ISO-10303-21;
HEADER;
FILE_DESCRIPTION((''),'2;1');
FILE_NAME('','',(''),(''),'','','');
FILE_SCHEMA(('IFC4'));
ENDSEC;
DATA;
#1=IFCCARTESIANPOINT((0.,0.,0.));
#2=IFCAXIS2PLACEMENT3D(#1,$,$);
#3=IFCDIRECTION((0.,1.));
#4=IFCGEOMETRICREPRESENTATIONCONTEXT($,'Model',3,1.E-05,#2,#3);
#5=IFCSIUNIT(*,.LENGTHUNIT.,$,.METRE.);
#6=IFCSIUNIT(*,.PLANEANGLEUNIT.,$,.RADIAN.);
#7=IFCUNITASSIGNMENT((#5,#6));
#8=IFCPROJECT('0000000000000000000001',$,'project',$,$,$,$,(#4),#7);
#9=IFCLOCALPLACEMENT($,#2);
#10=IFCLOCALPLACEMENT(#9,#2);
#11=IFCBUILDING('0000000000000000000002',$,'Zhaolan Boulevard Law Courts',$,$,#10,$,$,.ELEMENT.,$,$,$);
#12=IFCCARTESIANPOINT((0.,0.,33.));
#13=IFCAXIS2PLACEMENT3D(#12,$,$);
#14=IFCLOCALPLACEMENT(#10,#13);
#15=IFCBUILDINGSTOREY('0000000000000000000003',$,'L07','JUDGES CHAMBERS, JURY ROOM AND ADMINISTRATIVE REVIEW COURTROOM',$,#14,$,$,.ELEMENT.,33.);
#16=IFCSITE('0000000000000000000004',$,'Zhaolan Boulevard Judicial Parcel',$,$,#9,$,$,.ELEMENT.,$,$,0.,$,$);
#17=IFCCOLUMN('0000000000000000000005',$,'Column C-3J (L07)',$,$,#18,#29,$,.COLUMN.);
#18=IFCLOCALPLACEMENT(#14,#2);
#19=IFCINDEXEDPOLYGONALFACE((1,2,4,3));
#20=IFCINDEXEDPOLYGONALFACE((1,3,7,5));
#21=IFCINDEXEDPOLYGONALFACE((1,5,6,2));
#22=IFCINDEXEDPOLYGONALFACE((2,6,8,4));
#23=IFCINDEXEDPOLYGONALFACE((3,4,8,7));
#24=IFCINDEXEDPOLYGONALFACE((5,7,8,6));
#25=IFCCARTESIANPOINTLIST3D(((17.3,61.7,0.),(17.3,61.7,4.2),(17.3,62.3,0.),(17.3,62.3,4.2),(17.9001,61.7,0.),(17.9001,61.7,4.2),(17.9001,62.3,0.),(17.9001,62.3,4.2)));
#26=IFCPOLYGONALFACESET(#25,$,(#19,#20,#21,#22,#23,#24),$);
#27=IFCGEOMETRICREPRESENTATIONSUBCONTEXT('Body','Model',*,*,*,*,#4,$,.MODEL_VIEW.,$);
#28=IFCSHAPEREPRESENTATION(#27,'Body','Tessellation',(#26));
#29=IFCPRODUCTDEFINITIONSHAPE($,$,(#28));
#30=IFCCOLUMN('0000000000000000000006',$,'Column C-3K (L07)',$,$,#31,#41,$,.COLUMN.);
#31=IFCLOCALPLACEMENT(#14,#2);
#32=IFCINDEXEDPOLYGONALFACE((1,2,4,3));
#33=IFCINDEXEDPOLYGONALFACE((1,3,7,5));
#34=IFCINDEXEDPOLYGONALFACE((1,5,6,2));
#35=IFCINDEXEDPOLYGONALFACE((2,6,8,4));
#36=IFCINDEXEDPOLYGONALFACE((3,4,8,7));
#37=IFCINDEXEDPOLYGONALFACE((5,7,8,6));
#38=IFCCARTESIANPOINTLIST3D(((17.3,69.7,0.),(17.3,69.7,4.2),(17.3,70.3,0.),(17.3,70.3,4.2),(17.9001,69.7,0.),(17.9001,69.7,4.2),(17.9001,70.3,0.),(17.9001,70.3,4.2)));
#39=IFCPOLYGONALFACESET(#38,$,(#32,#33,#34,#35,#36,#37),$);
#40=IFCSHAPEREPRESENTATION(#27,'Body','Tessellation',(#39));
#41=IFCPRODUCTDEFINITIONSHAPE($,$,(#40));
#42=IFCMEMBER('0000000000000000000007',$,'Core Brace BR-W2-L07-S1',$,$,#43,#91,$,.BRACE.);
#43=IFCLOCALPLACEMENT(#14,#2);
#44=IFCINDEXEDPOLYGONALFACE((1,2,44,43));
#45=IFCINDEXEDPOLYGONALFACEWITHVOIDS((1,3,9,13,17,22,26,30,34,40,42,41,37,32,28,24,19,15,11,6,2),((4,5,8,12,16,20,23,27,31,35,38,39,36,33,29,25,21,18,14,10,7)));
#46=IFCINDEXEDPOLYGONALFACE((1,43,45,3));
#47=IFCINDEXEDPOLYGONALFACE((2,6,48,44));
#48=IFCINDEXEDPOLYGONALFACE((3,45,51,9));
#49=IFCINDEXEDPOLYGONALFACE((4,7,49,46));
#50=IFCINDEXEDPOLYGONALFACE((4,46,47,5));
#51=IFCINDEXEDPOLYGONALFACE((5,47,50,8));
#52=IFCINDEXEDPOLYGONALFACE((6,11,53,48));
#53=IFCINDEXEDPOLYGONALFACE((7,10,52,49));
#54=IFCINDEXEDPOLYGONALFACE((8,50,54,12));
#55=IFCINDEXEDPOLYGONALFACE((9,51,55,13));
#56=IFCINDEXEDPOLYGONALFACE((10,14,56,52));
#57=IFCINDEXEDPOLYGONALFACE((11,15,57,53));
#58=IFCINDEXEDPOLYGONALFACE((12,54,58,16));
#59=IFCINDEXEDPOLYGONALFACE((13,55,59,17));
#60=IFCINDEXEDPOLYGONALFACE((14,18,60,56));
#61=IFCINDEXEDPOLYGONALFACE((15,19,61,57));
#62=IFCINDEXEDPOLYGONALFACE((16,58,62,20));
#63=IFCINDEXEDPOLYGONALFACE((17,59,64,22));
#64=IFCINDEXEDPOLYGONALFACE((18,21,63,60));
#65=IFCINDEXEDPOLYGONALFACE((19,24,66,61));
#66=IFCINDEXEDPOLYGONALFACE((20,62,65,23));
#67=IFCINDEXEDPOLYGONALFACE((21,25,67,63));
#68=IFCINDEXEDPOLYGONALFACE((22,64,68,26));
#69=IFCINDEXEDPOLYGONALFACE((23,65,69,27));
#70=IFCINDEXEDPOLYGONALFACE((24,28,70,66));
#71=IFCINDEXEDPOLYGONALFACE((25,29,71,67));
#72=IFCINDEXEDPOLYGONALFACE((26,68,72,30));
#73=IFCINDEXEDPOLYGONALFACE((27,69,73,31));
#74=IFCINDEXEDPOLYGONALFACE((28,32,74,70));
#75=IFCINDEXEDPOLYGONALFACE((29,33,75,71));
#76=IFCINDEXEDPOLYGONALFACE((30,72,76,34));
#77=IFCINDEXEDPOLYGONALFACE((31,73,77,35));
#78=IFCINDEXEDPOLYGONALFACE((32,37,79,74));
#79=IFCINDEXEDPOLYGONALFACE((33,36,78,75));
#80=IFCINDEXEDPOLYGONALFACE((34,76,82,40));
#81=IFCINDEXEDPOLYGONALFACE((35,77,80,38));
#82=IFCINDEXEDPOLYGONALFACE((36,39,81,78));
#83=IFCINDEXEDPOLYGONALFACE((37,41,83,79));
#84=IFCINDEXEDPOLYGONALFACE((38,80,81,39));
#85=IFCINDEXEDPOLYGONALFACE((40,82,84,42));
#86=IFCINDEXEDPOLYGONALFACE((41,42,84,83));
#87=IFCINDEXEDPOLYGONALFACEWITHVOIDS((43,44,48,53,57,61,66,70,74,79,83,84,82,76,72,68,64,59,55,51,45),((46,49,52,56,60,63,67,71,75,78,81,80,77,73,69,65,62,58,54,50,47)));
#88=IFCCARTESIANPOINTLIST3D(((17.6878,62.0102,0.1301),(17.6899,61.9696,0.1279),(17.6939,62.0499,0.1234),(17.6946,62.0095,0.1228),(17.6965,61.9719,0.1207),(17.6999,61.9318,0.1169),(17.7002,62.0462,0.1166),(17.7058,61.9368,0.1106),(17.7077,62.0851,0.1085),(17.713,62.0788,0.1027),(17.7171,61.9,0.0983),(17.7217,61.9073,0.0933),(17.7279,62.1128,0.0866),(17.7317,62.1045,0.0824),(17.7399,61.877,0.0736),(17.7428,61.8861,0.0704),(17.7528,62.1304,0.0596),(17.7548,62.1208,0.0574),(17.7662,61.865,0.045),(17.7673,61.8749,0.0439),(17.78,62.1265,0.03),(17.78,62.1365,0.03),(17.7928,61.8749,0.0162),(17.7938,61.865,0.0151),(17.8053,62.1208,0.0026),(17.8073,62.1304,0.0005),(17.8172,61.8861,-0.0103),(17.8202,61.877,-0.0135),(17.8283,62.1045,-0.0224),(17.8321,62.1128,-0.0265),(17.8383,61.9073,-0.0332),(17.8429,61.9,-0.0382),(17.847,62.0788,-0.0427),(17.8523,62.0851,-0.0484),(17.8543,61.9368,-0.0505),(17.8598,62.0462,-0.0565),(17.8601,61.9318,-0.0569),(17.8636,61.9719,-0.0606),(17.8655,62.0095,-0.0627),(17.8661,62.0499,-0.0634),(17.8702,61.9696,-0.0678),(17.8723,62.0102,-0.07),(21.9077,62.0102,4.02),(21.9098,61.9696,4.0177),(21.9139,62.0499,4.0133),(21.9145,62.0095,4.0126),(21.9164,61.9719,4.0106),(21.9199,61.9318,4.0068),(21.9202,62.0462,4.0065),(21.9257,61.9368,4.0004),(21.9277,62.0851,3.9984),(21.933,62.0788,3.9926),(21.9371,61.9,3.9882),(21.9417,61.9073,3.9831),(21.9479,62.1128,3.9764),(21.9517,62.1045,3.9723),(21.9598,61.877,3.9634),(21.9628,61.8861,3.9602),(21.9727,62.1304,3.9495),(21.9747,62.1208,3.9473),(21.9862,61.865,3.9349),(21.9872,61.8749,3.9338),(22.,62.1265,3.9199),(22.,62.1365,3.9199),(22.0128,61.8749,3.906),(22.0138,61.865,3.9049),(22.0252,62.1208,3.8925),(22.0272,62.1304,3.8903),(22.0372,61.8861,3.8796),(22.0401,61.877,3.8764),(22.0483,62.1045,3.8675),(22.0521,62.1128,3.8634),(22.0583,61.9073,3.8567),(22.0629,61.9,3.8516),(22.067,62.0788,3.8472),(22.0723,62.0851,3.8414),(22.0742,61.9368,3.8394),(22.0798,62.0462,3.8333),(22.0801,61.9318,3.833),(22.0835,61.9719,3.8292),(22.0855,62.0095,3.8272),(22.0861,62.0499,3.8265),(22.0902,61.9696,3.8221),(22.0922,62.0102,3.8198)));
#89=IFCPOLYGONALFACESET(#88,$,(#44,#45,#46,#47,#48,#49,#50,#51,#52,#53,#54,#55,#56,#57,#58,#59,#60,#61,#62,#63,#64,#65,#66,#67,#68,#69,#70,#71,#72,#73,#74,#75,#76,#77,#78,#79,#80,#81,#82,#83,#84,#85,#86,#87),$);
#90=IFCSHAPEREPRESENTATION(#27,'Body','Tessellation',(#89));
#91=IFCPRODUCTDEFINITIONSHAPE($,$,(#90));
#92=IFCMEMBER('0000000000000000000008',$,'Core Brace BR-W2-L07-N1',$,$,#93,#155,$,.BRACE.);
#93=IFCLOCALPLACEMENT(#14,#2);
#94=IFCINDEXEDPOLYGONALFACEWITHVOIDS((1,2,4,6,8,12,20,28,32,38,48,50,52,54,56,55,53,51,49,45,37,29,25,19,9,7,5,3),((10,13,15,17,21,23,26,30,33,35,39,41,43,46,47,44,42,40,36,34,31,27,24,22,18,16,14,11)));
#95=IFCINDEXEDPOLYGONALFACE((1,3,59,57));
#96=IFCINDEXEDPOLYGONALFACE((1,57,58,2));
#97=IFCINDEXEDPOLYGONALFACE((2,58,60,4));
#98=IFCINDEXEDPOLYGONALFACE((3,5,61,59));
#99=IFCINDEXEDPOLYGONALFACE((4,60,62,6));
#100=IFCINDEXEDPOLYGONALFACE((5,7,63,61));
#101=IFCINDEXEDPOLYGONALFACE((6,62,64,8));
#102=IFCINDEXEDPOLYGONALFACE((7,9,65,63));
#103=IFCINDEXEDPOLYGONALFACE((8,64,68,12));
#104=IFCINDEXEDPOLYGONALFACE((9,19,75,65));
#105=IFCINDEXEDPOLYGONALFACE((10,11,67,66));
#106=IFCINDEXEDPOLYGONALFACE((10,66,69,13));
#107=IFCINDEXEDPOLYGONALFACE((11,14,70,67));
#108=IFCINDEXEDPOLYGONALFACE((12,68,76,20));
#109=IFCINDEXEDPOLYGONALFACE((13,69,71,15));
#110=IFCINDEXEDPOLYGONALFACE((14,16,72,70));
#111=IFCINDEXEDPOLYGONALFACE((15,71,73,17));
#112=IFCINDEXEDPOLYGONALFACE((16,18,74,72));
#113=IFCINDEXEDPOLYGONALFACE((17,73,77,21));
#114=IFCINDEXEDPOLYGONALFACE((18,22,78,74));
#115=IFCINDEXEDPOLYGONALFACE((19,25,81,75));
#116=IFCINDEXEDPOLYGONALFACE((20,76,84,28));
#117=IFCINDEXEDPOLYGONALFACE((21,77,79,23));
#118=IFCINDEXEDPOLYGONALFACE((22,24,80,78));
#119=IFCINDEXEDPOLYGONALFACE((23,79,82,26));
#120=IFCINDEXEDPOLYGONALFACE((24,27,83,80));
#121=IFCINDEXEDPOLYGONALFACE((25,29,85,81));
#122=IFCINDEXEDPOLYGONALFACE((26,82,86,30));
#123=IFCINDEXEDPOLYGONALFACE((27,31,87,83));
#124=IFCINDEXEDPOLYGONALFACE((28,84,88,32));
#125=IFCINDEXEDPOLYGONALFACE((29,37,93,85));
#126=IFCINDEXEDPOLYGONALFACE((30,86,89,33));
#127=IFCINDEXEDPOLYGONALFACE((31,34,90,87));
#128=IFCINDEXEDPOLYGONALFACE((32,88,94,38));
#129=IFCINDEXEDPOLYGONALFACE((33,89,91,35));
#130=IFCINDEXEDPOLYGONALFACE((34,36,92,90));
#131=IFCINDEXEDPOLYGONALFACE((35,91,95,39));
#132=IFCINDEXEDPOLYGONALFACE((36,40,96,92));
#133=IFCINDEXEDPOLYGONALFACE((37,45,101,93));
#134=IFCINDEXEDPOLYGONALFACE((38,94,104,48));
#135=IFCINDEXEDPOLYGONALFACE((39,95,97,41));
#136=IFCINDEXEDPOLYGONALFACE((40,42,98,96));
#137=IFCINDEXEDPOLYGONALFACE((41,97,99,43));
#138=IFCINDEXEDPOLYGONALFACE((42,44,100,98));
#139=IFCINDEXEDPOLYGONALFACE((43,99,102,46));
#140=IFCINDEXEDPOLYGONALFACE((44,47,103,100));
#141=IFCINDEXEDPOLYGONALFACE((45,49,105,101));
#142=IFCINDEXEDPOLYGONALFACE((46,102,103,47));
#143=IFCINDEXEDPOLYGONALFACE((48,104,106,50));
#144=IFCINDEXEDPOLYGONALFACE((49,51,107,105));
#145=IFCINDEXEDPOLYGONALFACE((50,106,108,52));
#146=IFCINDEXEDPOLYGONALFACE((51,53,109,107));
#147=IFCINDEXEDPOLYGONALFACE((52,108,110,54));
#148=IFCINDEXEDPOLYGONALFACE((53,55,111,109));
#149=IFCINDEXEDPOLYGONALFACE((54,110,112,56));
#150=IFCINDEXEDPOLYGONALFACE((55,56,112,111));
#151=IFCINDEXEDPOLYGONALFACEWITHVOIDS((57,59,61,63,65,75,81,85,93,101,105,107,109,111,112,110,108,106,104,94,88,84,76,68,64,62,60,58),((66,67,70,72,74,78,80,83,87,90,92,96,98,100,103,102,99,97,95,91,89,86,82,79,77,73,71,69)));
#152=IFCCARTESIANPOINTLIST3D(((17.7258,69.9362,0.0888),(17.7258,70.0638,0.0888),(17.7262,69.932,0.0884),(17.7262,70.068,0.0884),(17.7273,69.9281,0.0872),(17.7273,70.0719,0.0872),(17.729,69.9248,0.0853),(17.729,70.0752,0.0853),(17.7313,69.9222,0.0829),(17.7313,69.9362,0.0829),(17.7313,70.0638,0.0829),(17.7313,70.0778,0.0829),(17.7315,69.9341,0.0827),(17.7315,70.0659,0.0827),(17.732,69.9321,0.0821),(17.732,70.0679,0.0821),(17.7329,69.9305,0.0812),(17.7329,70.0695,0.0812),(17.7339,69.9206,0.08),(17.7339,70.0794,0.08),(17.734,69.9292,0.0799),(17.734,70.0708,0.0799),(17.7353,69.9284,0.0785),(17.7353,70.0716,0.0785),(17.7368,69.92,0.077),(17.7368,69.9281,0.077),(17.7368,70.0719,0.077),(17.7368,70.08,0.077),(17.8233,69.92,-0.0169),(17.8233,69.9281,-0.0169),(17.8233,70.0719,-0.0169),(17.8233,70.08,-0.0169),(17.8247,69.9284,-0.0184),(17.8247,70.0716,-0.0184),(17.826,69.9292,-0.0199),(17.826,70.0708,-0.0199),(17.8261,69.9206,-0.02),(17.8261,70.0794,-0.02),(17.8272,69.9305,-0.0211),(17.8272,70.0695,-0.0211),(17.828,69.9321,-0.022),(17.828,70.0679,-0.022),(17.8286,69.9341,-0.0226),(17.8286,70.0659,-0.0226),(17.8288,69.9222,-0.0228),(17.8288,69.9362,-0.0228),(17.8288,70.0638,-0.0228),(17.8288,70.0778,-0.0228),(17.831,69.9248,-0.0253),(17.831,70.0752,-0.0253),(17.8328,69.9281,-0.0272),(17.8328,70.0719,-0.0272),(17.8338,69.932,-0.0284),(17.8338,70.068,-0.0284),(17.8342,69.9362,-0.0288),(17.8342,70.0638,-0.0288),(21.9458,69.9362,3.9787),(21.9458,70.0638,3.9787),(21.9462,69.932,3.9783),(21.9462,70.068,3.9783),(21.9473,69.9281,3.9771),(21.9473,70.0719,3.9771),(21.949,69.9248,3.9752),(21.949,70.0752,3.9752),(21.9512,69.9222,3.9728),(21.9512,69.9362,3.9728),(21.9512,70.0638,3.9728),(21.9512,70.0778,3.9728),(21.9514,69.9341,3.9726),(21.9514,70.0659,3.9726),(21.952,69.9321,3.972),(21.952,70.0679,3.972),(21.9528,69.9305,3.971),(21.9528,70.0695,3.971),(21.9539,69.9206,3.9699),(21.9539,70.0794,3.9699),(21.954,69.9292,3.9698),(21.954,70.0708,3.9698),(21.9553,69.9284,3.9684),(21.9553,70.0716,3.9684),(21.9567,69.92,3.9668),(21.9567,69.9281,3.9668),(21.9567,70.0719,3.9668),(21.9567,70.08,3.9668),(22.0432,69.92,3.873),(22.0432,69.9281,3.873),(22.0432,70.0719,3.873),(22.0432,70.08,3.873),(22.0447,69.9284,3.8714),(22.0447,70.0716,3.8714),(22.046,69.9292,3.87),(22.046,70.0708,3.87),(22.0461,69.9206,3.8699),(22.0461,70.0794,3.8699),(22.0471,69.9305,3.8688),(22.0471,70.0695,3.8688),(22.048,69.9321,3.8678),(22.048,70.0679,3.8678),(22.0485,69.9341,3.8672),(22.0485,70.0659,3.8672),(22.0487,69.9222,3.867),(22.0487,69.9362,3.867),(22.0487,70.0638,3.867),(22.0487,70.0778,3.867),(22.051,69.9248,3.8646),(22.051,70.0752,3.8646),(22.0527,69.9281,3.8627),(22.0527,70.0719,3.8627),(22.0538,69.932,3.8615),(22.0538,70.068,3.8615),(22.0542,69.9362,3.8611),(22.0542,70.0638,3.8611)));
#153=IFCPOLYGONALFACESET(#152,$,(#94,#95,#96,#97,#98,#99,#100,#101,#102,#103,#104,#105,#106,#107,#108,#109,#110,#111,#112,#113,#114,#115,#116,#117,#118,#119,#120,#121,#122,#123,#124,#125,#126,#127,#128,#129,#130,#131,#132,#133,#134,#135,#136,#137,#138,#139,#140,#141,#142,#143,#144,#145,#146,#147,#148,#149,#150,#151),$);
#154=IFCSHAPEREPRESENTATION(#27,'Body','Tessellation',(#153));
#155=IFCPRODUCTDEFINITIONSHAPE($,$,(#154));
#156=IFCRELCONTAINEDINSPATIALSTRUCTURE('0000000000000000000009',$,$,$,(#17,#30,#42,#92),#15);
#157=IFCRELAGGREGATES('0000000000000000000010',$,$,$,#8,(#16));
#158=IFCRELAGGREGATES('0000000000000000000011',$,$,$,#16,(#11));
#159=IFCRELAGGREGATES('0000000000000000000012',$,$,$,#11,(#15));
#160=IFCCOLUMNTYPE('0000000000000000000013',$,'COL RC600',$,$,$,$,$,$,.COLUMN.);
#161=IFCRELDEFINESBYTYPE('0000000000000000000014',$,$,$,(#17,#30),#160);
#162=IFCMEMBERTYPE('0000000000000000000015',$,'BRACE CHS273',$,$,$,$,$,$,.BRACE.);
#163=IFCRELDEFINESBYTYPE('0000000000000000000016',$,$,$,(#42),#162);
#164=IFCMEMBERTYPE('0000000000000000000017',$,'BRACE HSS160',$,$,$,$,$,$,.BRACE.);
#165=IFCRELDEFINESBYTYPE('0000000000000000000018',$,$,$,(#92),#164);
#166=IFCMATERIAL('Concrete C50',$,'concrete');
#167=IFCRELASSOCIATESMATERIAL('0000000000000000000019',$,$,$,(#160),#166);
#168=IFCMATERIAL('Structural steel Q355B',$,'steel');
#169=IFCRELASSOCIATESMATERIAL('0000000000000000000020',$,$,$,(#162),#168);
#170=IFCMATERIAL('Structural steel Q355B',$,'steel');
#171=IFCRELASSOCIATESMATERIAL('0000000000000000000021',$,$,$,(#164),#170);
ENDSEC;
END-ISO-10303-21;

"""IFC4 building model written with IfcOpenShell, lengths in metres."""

from ifc_helpers import new_model, si_unit, direction, frame, origin, origin_2d, place, context, subcontext, project, spatial, rectangle, hollow_rectangle, hollow_circle, extrude, material, material_profile, profile_set, type_object, element, save


model = new_model("IFC4")

# Units and contexts
model_context = context("Model", 3, precision=1e-05, world=origin(), true_north=direction((0.0, 1.0)))
body_context = subcontext(model_context, "Body", "Model", "MODEL_VIEW")
ifc_project = project(units=[si_unit("LENGTHUNIT", "METRE"), si_unit("PLANEANGLEUNIT", "RADIAN")], contexts=[model_context])

# Site, building, storey
site_placement = place(None, origin())
site = spatial("IfcSite", under=ifc_project, at=site_placement, Name="Zhaolan Boulevard Judicial Parcel", CompositionType="ELEMENT", RefElevation=0.0)
building_placement = place(site_placement, origin())
building = spatial("IfcBuilding", under=site, at=building_placement, Name="Zhaolan Boulevard Law Courts", CompositionType="ELEMENT")
storey_placement = place(building_placement, frame((0.0, 0.0, 33.0)))
storey = spatial("IfcBuildingStorey", under=building, at=storey_placement, Name="L07", Description="JUDGES CHAMBERS, JURY ROOM AND ADMINISTRATIVE REVIEW COURTROOM", CompositionType="ELEMENT", Elevation=33.0)

# Columns
ifc_material_1 = material(Name="Concrete C50", Category="concrete")
ifc_material_profile_1 = material_profile(ifc_material_1, rectangle(XDim=0.6001, YDim=0.6001, at=origin_2d()), Name="RC600x600")
ifc_profile_set_1 = profile_set([ifc_material_profile_1], Name="Concrete C50")
column_type = type_object("IfcColumnType", Name="COL RC600", PredefinedType="COLUMN", material=ifc_profile_set_1)
for number, where, z_axis, x_axis, name in (
    (1, (17.6001, 62.0, 0.0), (0.0, 0.0, 1.0), (1.0, 0.0, 0.0), "Column C-3J (L07)"),
    (2, (17.6001, 70.0, 0.0), (0.0, 0.0, 1.0), (1.0, 0.0, 0.0), "Column C-3K (L07)"),
):
    element("IfcColumn", number, at=place(storey_placement, frame(where, z_axis=z_axis, x_axis=x_axis)), inside=storey, type_object=column_type, Name=name, PredefinedType="COLUMN", context=body_context, shape_type="SweptSolid", body=[
        extrude(rectangle(XDim=0.6001, YDim=0.6001, at=origin_2d()), origin(), (0.0, 0.0, 1.0), 4.2),
    ])

# Members
ifc_material_2 = material(Name="Structural steel Q355B", Category="steel")
ifc_material_profile_2 = material_profile(ifc_material_2, hollow_circle(Radius=0.1365, WallThickness=0.01, at=origin_2d()), Name="CHS273x10")
ifc_profile_set_2 = profile_set([ifc_material_profile_2], Name="Structural steel Q355B")
member_type_1 = type_object("IfcMemberType", Name="BRACE CHS273", PredefinedType="BRACE", material=ifc_profile_set_2)
member_1_placement = place(storey_placement, frame((17.78, 62.0, 0.03), z_axis=(0.735278, 0.0, 0.677766), x_axis=(0.0, 1.0, 0.0)))
element("IfcMember", 3, at=member_1_placement, inside=storey, type_object=member_type_1, Name="Core Brace BR-W2-L07-S1", PredefinedType="BRACE", context=body_context, shape_type="SweptSolid", body=[
    extrude(hollow_circle(Radius=0.1365, WallThickness=0.01, at=origin_2d()), origin(), (0.0, 0.0, 1.0), 5.7393),
])
ifc_material_3 = material(Name="Structural steel Q355B", Category="steel")
ifc_material_profile_3 = material_profile(ifc_material_3, hollow_rectangle(XDim=0.1599, YDim=0.1599, WallThickness=0.0081, InnerFilletRadius=0.0081, OuterFilletRadius=0.0161, at=origin_2d()), Name="HSS160x160x8")
ifc_profile_set_3 = profile_set([ifc_material_profile_3], Name="Structural steel Q355B")
member_type_2 = type_object("IfcMemberType", Name="BRACE HSS160", PredefinedType="BRACE", material=ifc_profile_set_3)
member_2_placement = place(storey_placement, frame((17.78, 70.0, 0.03), z_axis=(0.735278, 0.0, 0.677766), x_axis=(0.0, 1.0, 0.0)))
element("IfcMember", 4, at=member_2_placement, inside=storey, type_object=member_type_2, Name="Core Brace BR-W2-L07-N1", PredefinedType="BRACE", context=body_context, shape_type="SweptSolid", body=[
    extrude(hollow_rectangle(XDim=0.1599, YDim=0.1599, WallThickness=0.0081, InnerFilletRadius=0.0081, OuterFilletRadius=0.0161, at=origin_2d()), origin(), (0.0, 0.0, 1.0), 5.7393),
])

save(model, "model.ifc")
